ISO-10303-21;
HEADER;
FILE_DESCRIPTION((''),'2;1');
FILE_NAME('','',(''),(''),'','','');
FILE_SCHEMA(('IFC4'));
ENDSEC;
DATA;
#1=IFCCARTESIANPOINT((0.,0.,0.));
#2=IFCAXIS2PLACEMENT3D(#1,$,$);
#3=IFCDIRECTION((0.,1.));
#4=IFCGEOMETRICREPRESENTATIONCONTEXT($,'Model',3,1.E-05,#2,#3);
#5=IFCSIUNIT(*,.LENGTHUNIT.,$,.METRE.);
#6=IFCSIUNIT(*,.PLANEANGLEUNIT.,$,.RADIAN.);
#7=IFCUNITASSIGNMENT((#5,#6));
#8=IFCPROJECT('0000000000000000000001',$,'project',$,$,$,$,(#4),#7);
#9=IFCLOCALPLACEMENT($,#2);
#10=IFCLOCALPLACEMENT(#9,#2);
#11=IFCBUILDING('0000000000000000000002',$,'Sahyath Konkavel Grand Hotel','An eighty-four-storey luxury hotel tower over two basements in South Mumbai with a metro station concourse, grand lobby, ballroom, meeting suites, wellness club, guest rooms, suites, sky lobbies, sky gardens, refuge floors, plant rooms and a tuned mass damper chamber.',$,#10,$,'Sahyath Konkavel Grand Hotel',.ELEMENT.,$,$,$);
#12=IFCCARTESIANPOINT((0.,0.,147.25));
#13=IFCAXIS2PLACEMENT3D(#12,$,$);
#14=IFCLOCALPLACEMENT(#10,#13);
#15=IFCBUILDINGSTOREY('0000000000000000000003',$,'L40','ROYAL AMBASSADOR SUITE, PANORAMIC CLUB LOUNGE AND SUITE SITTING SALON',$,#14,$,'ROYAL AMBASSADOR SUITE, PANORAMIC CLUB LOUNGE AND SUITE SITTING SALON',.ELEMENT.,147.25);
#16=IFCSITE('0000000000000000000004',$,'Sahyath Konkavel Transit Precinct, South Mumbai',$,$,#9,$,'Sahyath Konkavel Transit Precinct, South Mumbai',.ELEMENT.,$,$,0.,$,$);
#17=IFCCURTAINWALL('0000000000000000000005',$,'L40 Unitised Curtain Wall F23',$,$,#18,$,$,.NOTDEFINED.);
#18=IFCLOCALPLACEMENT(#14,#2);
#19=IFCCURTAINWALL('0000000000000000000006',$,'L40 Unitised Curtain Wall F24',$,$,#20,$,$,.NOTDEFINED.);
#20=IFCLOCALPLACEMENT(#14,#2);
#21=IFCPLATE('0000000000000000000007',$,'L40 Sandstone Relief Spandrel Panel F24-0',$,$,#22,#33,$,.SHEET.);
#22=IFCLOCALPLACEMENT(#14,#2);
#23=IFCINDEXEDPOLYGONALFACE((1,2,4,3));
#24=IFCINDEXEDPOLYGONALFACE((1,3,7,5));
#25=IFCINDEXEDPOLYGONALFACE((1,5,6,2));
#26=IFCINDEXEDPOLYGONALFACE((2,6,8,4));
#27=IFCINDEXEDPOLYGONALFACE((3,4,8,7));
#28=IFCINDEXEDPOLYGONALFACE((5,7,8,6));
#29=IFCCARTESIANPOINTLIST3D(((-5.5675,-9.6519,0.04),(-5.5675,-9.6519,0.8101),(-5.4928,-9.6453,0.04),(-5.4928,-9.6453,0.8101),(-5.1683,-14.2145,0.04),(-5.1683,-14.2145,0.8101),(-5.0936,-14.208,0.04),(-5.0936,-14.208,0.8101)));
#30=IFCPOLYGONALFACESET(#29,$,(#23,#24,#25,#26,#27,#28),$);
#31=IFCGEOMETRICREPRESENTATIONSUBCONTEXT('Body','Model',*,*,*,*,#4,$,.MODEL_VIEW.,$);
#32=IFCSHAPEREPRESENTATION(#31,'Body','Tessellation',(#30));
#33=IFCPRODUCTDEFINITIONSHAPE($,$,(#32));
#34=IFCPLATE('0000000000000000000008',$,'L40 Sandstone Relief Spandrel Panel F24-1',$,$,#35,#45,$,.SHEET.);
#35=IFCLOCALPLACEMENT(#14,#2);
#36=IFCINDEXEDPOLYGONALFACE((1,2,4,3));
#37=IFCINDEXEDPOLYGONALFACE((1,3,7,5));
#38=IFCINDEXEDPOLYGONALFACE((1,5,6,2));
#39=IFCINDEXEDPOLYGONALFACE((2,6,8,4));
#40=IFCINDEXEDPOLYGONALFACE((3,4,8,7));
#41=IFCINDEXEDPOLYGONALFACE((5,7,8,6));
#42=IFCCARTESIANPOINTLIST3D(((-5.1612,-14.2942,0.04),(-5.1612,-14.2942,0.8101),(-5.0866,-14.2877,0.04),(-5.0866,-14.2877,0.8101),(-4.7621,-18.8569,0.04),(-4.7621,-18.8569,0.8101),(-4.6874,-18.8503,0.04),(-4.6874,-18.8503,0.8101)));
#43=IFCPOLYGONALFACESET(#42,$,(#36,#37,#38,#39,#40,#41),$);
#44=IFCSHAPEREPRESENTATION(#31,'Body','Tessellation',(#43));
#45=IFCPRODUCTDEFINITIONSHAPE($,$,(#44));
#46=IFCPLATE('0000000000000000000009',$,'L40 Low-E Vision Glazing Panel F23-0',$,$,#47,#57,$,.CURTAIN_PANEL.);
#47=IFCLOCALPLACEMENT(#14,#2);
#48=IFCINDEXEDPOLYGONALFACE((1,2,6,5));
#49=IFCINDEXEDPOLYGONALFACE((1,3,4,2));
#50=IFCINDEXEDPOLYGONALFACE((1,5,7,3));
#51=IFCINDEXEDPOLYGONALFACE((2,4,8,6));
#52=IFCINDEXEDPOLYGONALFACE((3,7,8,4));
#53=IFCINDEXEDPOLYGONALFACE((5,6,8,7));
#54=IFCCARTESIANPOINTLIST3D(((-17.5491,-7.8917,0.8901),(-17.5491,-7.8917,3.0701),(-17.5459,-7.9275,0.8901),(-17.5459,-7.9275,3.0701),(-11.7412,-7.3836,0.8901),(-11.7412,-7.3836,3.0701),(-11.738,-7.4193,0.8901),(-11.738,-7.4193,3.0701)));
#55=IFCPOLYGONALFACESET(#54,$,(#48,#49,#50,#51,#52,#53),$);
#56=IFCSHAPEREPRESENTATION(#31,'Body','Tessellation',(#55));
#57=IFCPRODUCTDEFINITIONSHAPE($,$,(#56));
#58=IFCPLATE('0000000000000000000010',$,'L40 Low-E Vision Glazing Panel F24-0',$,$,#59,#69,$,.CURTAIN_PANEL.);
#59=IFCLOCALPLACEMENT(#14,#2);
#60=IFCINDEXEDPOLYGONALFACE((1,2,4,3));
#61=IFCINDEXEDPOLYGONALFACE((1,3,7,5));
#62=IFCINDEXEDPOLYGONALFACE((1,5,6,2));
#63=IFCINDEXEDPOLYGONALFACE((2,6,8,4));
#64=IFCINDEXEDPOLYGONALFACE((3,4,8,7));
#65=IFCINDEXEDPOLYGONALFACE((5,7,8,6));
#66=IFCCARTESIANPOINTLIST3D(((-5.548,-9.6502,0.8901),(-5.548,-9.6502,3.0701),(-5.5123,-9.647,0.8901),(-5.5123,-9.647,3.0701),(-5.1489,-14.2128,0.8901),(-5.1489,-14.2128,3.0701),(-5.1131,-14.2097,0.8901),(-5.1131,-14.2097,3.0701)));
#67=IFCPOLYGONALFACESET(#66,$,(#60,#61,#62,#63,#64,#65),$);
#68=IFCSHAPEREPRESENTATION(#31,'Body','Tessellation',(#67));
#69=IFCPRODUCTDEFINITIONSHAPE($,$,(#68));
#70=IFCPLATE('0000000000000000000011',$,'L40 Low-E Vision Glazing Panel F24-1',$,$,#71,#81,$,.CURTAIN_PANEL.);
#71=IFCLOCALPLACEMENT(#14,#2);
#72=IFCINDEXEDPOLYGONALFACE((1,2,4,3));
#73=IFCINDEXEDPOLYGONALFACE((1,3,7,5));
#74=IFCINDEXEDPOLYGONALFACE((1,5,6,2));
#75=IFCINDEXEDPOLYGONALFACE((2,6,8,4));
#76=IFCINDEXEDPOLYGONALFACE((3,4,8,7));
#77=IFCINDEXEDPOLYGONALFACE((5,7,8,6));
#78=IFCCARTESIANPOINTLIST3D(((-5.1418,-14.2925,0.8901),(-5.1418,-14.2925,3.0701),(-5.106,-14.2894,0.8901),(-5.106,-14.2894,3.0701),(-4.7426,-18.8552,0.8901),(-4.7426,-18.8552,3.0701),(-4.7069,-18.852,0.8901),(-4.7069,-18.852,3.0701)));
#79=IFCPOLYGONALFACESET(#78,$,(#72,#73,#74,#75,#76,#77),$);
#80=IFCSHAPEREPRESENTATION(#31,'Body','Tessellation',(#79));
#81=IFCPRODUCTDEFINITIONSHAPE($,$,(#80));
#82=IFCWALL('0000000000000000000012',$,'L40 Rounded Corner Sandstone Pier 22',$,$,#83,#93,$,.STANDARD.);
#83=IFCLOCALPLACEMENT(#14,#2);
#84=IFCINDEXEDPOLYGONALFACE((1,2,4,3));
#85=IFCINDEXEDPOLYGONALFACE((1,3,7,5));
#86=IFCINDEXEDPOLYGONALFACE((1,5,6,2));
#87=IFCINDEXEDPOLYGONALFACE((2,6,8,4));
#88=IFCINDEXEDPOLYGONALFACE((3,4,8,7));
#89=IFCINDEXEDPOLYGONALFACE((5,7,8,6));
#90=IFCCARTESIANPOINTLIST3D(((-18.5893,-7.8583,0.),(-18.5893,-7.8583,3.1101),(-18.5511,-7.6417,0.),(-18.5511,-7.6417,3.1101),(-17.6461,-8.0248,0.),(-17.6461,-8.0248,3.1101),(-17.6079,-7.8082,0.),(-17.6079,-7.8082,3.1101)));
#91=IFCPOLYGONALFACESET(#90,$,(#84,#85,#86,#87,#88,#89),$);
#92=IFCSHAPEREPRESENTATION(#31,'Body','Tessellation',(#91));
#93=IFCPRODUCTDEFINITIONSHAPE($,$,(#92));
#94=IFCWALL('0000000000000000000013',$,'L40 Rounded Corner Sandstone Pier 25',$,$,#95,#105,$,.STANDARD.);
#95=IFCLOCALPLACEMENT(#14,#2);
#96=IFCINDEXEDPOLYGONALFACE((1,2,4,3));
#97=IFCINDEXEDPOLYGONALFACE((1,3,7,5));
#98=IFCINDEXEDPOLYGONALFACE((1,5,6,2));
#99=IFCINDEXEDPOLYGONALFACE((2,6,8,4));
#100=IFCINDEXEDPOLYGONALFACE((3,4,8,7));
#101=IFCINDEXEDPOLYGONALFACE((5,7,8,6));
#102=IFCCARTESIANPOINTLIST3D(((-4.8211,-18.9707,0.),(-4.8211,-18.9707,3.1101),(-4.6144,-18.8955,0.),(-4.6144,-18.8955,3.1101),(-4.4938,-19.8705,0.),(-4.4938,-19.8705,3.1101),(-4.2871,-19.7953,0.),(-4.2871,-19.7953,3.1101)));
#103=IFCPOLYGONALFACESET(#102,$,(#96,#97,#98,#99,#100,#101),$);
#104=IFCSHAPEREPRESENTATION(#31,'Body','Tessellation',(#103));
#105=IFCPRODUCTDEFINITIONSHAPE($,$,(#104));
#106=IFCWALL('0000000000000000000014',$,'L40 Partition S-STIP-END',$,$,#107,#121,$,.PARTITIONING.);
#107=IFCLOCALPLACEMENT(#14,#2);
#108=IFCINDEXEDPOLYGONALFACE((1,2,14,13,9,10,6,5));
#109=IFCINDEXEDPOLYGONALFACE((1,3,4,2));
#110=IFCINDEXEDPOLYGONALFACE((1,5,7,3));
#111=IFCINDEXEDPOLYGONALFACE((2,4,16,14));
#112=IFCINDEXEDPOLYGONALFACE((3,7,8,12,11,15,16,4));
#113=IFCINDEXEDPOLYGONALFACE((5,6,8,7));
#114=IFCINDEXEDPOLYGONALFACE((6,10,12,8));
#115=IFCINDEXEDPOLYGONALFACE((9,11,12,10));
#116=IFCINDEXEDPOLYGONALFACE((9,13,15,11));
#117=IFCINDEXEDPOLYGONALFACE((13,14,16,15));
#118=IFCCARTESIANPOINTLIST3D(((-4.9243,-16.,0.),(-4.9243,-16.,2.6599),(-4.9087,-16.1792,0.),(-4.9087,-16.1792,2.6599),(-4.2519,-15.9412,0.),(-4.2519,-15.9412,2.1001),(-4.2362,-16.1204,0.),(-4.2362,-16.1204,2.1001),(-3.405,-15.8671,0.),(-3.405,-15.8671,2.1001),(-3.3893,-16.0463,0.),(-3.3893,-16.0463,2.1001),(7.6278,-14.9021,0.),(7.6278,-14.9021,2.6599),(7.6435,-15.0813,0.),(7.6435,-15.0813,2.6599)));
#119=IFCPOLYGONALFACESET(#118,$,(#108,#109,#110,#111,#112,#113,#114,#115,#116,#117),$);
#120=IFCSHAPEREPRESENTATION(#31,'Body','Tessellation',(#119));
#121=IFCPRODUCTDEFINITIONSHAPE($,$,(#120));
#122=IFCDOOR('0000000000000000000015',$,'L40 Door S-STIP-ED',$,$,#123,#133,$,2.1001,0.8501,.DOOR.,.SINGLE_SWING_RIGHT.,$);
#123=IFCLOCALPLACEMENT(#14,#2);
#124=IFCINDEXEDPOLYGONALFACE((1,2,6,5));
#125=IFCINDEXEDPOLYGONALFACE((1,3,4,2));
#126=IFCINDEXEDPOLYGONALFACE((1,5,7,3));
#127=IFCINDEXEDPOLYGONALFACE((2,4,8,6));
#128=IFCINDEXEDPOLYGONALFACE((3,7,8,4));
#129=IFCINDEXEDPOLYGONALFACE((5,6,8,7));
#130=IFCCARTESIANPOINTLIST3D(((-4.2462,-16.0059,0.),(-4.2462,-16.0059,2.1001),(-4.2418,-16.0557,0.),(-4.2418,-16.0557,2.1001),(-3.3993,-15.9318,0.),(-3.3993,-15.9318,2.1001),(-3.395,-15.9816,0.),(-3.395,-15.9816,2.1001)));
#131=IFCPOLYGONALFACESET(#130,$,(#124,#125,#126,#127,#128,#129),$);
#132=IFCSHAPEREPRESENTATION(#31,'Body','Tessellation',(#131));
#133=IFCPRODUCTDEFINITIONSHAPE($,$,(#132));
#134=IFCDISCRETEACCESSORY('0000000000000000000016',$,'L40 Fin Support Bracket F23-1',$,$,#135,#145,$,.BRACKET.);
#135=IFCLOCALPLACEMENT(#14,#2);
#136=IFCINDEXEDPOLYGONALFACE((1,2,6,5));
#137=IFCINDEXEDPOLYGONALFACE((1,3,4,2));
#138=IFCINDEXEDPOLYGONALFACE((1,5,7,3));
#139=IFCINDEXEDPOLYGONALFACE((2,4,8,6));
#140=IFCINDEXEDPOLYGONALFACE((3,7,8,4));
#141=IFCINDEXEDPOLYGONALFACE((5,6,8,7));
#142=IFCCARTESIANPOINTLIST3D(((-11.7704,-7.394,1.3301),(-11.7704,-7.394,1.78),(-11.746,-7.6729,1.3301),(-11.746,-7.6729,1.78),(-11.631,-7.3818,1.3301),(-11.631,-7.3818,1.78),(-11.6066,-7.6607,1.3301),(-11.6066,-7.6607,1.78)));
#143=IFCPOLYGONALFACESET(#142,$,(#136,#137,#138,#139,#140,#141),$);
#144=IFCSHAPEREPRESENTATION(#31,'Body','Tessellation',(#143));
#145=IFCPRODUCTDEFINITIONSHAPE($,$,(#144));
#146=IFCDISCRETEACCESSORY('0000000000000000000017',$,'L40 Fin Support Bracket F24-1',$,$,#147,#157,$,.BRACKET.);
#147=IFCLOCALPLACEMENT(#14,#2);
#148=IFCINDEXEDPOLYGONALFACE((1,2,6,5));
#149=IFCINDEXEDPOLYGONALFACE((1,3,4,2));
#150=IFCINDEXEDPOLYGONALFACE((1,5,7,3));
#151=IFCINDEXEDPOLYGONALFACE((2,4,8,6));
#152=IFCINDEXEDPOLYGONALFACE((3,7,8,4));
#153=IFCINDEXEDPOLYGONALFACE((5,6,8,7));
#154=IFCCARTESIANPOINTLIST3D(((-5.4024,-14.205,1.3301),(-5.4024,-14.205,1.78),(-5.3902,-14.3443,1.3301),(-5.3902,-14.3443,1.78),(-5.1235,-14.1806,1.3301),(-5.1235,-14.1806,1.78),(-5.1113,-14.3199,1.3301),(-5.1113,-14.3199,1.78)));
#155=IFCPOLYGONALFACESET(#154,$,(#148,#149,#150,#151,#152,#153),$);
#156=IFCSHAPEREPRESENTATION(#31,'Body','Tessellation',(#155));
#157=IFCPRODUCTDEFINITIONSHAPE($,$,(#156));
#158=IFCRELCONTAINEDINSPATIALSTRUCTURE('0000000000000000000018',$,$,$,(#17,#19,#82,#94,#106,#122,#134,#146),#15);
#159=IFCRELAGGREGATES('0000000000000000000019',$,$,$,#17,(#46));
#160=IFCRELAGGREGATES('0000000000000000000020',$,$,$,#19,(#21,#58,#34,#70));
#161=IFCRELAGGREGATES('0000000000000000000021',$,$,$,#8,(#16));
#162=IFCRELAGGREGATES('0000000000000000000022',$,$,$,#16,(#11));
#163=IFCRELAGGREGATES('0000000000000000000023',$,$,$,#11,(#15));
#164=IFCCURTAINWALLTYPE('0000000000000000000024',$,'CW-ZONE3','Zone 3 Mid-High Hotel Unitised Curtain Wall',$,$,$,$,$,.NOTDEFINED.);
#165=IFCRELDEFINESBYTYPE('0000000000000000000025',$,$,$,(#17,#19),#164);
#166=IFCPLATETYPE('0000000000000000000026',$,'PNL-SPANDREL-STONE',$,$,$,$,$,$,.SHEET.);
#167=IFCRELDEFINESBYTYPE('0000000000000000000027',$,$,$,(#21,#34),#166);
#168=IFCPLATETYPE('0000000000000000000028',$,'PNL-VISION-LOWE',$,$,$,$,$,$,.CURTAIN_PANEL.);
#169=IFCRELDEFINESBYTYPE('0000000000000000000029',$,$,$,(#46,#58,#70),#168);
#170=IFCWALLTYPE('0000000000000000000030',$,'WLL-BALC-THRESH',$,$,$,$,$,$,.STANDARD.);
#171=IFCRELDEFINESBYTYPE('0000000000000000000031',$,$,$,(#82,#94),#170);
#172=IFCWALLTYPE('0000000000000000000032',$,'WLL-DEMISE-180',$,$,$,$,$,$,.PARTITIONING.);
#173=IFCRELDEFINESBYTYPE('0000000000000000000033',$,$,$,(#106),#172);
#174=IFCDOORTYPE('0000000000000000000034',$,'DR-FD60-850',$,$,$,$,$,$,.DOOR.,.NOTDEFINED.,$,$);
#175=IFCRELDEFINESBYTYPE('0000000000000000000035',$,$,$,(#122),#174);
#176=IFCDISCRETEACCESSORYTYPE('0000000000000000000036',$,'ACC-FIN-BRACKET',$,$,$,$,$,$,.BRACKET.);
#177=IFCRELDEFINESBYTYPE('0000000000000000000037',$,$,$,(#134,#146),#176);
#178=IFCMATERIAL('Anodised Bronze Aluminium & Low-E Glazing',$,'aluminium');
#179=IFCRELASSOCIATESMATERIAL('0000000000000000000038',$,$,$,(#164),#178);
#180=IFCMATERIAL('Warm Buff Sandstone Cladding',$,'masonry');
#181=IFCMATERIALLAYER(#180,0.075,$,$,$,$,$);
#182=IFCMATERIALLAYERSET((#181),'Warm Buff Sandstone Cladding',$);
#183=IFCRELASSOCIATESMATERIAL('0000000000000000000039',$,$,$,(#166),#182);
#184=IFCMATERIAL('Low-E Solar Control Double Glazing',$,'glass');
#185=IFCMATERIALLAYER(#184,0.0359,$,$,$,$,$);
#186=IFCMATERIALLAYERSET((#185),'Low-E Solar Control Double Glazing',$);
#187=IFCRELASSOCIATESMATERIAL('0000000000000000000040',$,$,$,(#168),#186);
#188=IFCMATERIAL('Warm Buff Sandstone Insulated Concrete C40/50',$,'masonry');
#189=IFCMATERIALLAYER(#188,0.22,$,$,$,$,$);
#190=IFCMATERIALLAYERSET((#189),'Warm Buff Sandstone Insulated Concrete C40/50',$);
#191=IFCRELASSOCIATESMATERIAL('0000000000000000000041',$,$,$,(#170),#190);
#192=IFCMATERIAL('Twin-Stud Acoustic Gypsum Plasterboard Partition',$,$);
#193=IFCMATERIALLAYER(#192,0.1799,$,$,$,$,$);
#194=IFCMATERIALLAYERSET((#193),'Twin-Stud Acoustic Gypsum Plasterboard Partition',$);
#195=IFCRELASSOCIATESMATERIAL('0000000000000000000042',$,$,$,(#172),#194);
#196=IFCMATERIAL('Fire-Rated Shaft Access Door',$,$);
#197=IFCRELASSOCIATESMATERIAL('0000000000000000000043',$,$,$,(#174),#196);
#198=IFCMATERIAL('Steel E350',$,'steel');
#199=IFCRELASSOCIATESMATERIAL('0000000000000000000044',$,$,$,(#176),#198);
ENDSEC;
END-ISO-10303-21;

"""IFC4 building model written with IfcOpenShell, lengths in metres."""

from ifc_helpers import new_model, si_unit, direction, frame, frame_2d, origin, origin_2d, place, context, subcontext, project, spatial, rectangle, extrude, source, transform, mapped, material, layer, layer_set, type_object, element, fill, aggregate, save


model = new_model("IFC4")

# Units and contexts
model_context = context("Model", 3, precision=1e-05, world=origin(), true_north=direction((0.0, 1.0)))
body_context = subcontext(model_context, "Body", "Model", "MODEL_VIEW")
ifc_project = project(units=[si_unit("LENGTHUNIT", "METRE"), si_unit("PLANEANGLEUNIT", "RADIAN")], contexts=[model_context])

# Site, building, storey
site_placement = place(None, origin())
site = spatial("IfcSite", under=ifc_project, at=site_placement, Name="Sahyath Konkavel Transit Precinct, South Mumbai", LongName="Sahyath Konkavel Transit Precinct, South Mumbai", CompositionType="ELEMENT", RefElevation=0.0)
building_placement = place(site_placement, origin())
building = spatial("IfcBuilding", under=site, at=building_placement, Name="Sahyath Konkavel Grand Hotel", Description="An eighty-four-storey luxury hotel tower over two basements in South Mumbai with a metro station concourse, grand lobby, ballroom, meeting suites, wellness club, guest rooms, suites, sky lobbies, sky gardens, refuge floors, plant rooms and a tuned mass damper chamber.", LongName="Sahyath Konkavel Grand Hotel", CompositionType="ELEMENT")
storey_placement = place(building_placement, frame((0.0, 0.0, 147.25)))
storey = spatial("IfcBuildingStorey", under=building, at=storey_placement, Name="L40", Description="ROYAL AMBASSADOR SUITE, PANORAMIC CLUB LOUNGE AND SUITE SITTING SALON", LongName="ROYAL AMBASSADOR SUITE, PANORAMIC CLUB LOUNGE AND SUITE SITTING SALON", CompositionType="ELEMENT", Elevation=147.25)

# Curtain walls
ifc_material_1 = material(Name="Anodised Bronze Aluminium & Low-E Glazing", Category="aluminium")
curtain_wall_type = type_object("IfcCurtainWallType", Name="CW-ZONE3", Description="Zone 3 Mid-High Hotel Unitised Curtain Wall", PredefinedType="NOTDEFINED", material=ifc_material_1)
curtain_wall_1_placement = place(storey_placement, origin())
curtain_wall_1 = element("IfcCurtainWall", 1, at=curtain_wall_1_placement, inside=storey, type_object=curtain_wall_type, Name="L40 Unitised Curtain Wall F23", PredefinedType="NOTDEFINED")
curtain_wall_2_placement = place(storey_placement, origin())
curtain_wall_2 = element("IfcCurtainWall", 2, at=curtain_wall_2_placement, inside=storey, type_object=curtain_wall_type, Name="L40 Unitised Curtain Wall F24", PredefinedType="NOTDEFINED")

# Plates
ifc_material_2 = material(Name="Warm Buff Sandstone Cladding", Category="masonry")
ifc_layer_1 = layer(ifc_material_2, 0.075)
ifc_layer_set_1 = layer_set([ifc_layer_1], Name="Warm Buff Sandstone Cladding")
plate_type_1 = type_object("IfcPlateType", Name="PNL-SPANDREL-STONE", PredefinedType="SHEET", material=ifc_layer_set_1)
shared_shape_1 = source(origin(), body_context, "Body", "SweptSolid", [
    extrude(rectangle(XDim=4.5801, YDim=0.075, at=origin_2d()), origin(), (0.0, 0.0, 1.0), 0.77),
])
plate_1_placement = place(storey_placement, frame((-5.3306, -11.9299, 0.04), z_axis=(0.0, 0.0, 1.0), x_axis=(0.087156, -0.996195, 0.0)))
plate_1 = element("IfcPlate", 3, at=plate_1_placement, type_object=plate_type_1, Name="L40 Sandstone Relief Spandrel Panel F24-0", PredefinedType="SHEET", context=body_context, shape_type="MappedRepresentation", body=[
    mapped(shared_shape_1, transform((0.0, 0.0, 0.0), scale=1.0)),
])
plate_2_placement = place(storey_placement, frame((-4.9243, -16.5723, 0.04), z_axis=(0.0, 0.0, 1.0), x_axis=(0.087156, -0.996195, 0.0)))
plate_2 = element("IfcPlate", 4, at=plate_2_placement, type_object=plate_type_1, Name="L40 Sandstone Relief Spandrel Panel F24-1", PredefinedType="SHEET", context=body_context, shape_type="MappedRepresentation", body=[
    mapped(shared_shape_1, transform((0.0, 0.0, 0.0), scale=1.0)),
])
ifc_material_3 = material(Name="Low-E Solar Control Double Glazing", Category="glass")
ifc_layer_2 = layer(ifc_material_3, 0.0359)
ifc_layer_set_2 = layer_set([ifc_layer_2], Name="Low-E Solar Control Double Glazing")
plate_type_2 = type_object("IfcPlateType", Name="PNL-VISION-LOWE", PredefinedType="CURTAIN_PANEL", material=ifc_layer_set_2)
shared_shape_2 = source(origin(), body_context, "Body", "SweptSolid", [
    extrude(rectangle(XDim=5.8301, YDim=0.0359, at=origin_2d()), origin(), (0.0, 0.0, 1.0), 2.1799),
])
plate_3_placement = place(storey_placement, frame((-14.6436, -7.6555, 0.8901), z_axis=(0.0, 0.0, 1.0), x_axis=(0.996195, 0.087156, 0.0)))
plate_3 = element("IfcPlate", 5, at=plate_3_placement, type_object=plate_type_2, Name="L40 Low-E Vision Glazing Panel F23-0", PredefinedType="CURTAIN_PANEL", context=body_context, shape_type="MappedRepresentation", body=[
    mapped(shared_shape_2, transform((0.0, 0.0, 0.0), scale=1.0)),
])
aggregate(curtain_wall_1, [plate_3])
shared_shape_3 = source(origin(), body_context, "Body", "SweptSolid", [
    extrude(rectangle(XDim=4.5801, YDim=0.0359, at=origin_2d()), origin(), (0.0, 0.0, 1.0), 2.1799),
])
plate_4_placement = place(storey_placement, frame((-5.3306, -11.9299, 0.8901), z_axis=(0.0, 0.0, 1.0), x_axis=(0.087156, -0.996195, 0.0)))
plate_4 = element("IfcPlate", 6, at=plate_4_placement, type_object=plate_type_2, Name="L40 Low-E Vision Glazing Panel F24-0", PredefinedType="CURTAIN_PANEL", context=body_context, shape_type="MappedRepresentation", body=[
    mapped(shared_shape_3, transform((0.0, 0.0, 0.0), scale=1.0)),
])
plate_5_placement = place(storey_placement, frame((-4.9243, -16.5723, 0.8901), z_axis=(0.0, 0.0, 1.0), x_axis=(0.087156, -0.996195, 0.0)))
plate_5 = element("IfcPlate", 7, at=plate_5_placement, type_object=plate_type_2, Name="L40 Low-E Vision Glazing Panel F24-1", PredefinedType="CURTAIN_PANEL", context=body_context, shape_type="MappedRepresentation", body=[
    mapped(shared_shape_3, transform((0.0, 0.0, 0.0), scale=1.0)),
])
aggregate(curtain_wall_2, [plate_1, plate_4, plate_2, plate_5])

# Walls
ifc_material_4 = material(Name="Warm Buff Sandstone Insulated Concrete C40/50", Category="masonry")
ifc_layer_3 = layer(ifc_material_4, 0.22)
ifc_layer_set_3 = layer_set([ifc_layer_3], Name="Warm Buff Sandstone Insulated Concrete C40/50")
wall_type_1 = type_object("IfcWallType", Name="WLL-BALC-THRESH", PredefinedType="STANDARD", material=ifc_layer_set_3)
wall_1_placement = place(storey_placement, frame((-18.5703, -7.75, 0.0), z_axis=(0.0, 0.0, 1.0), x_axis=(0.984771, -0.173858, 0.0)))
element("IfcWall", 8, at=wall_1_placement, inside=storey, type_object=wall_type_1, Name="L40 Rounded Corner Sandstone Pier 22", PredefinedType="STANDARD", context=body_context, shape_type="SweptSolid", body=[
    extrude(rectangle(XDim=0.9578, YDim=0.22, at=frame_2d((0.479, 0.0))), origin(), (0.0, 0.0, 1.0), 3.1101),
])
wall_2_placement = place(storey_placement, frame((-4.7178, -18.9331, 0.0), z_axis=(0.0, 0.0, 1.0), x_axis=(0.341886, -0.939741, 0.0)))
element("IfcWall", 9, at=wall_2_placement, inside=storey, type_object=wall_type_1, Name="L40 Rounded Corner Sandstone Pier 25", PredefinedType="STANDARD", context=body_context, shape_type="SweptSolid", body=[
    extrude(rectangle(XDim=0.9575, YDim=0.22, at=frame_2d((0.4788, 0.0))), origin(), (0.0, 0.0, 1.0), 3.1101),
])

# Wall, opening, door
ifc_material_5 = material(Name="Twin-Stud Acoustic Gypsum Plasterboard Partition")
ifc_layer_4 = layer(ifc_material_5, 0.1799)
ifc_layer_set_4 = layer_set([ifc_layer_4], Name="Twin-Stud Acoustic Gypsum Plasterboard Partition")
wall_type_2 = type_object("IfcWallType", Name="WLL-DEMISE-180", PredefinedType="PARTITIONING", material=ifc_layer_set_4)
wall_3_placement = place(storey_placement, frame((-4.9165, -16.0896, 0.0), z_axis=(0.0, 0.0, 1.0), x_axis=(0.996197, 0.087134, 0.0)))
wall_3 = element("IfcWall", 10, at=wall_3_placement, inside=storey, type_object=wall_type_2, Name="L40 Partition S-STIP-END", PredefinedType="PARTITIONING", context=body_context, shape_type="SweptSolid", body=[
    extrude(rectangle(XDim=12.6001, YDim=0.1799, at=frame_2d((6.3, 0.0))), origin(), (0.0, 0.0, 1.0), 2.6599),
])
opening_placement = place(wall_3_placement, frame((0.675, 0.0, 0.0)))
opening = element("IfcOpeningElement", 11, at=opening_placement, cuts=wall_3, PredefinedType="OPENING", context=body_context, shape_type="SweptSolid", body=[
    extrude(rectangle(XDim=0.8501, YDim=2.1001, at=frame_2d((0.425, 1.05))), frame((0.0, 0.1001, 0.0), z_axis=(0.0, -1.0, 0.0), x_axis=(1.0, 0.0, 0.0)), (0.0, 0.0, 1.0), 0.2),
])
ifc_material_6 = material(Name="Fire-Rated Shaft Access Door")
door_type = type_object("IfcDoorType", Name="DR-FD60-850", OperationType="NOTDEFINED", PredefinedType="DOOR", material=ifc_material_6)
shared_shape_4 = source(origin(), body_context, "Body", "SweptSolid", [
    extrude(rectangle(XDim=0.8501, YDim=0.05, at=origin_2d()), origin(), (0.0, 0.0, 1.0), 2.1001),
])
door_placement = place(opening_placement, frame((0.425, 0.0, 0.0)))
door = element("IfcDoor", 12, at=door_placement, inside=storey, type_object=door_type, Name="L40 Door S-STIP-ED", OperationType="SINGLE_SWING_RIGHT", OverallHeight=2.1001, OverallWidth=0.8501, PredefinedType="DOOR", context=body_context, shape_type="MappedRepresentation", body=[
    mapped(shared_shape_4, transform((0.0, 0.0, 0.0), scale=1.0)),
])
fill(opening, door)

# Discrete accessories
ifc_material_7 = material(Name="Steel E350", Category="steel")
discrete_accessory_type = type_object("IfcDiscreteAccessoryType", Name="ACC-FIN-BRACKET", PredefinedType="BRACKET", material=ifc_material_7)
shared_shape_5 = source(origin(), body_context, "Body", "SweptSolid", [
    extrude(rectangle(XDim=0.28, YDim=0.1399, at=origin_2d()), origin(), (0.0, 0.0, 1.0), 0.45),
])
for number, where, z_axis, x_axis, name in (
    (13, (-11.6885, -7.5273, 1.3301), (0.0, 0.0, 1.0), (0.087156, -0.996195, 0.0), "L40 Fin Support Bracket F23-1"),
    (14, (-5.2568, -14.2625, 1.3301), (0.0, 0.0, 1.0), (-0.996195, -0.087156, 0.0), "L40 Fin Support Bracket F24-1"),
):
    element("IfcDiscreteAccessory", number, at=place(storey_placement, frame(where, z_axis=z_axis, x_axis=x_axis)), inside=storey, type_object=discrete_accessory_type, Name=name, PredefinedType="BRACKET", context=body_context, shape_type="MappedRepresentation", body=[
        mapped(shared_shape_5, transform((0.0, 0.0, 0.0), scale=1.0)),
    ])

save(model, "model.ifc")
